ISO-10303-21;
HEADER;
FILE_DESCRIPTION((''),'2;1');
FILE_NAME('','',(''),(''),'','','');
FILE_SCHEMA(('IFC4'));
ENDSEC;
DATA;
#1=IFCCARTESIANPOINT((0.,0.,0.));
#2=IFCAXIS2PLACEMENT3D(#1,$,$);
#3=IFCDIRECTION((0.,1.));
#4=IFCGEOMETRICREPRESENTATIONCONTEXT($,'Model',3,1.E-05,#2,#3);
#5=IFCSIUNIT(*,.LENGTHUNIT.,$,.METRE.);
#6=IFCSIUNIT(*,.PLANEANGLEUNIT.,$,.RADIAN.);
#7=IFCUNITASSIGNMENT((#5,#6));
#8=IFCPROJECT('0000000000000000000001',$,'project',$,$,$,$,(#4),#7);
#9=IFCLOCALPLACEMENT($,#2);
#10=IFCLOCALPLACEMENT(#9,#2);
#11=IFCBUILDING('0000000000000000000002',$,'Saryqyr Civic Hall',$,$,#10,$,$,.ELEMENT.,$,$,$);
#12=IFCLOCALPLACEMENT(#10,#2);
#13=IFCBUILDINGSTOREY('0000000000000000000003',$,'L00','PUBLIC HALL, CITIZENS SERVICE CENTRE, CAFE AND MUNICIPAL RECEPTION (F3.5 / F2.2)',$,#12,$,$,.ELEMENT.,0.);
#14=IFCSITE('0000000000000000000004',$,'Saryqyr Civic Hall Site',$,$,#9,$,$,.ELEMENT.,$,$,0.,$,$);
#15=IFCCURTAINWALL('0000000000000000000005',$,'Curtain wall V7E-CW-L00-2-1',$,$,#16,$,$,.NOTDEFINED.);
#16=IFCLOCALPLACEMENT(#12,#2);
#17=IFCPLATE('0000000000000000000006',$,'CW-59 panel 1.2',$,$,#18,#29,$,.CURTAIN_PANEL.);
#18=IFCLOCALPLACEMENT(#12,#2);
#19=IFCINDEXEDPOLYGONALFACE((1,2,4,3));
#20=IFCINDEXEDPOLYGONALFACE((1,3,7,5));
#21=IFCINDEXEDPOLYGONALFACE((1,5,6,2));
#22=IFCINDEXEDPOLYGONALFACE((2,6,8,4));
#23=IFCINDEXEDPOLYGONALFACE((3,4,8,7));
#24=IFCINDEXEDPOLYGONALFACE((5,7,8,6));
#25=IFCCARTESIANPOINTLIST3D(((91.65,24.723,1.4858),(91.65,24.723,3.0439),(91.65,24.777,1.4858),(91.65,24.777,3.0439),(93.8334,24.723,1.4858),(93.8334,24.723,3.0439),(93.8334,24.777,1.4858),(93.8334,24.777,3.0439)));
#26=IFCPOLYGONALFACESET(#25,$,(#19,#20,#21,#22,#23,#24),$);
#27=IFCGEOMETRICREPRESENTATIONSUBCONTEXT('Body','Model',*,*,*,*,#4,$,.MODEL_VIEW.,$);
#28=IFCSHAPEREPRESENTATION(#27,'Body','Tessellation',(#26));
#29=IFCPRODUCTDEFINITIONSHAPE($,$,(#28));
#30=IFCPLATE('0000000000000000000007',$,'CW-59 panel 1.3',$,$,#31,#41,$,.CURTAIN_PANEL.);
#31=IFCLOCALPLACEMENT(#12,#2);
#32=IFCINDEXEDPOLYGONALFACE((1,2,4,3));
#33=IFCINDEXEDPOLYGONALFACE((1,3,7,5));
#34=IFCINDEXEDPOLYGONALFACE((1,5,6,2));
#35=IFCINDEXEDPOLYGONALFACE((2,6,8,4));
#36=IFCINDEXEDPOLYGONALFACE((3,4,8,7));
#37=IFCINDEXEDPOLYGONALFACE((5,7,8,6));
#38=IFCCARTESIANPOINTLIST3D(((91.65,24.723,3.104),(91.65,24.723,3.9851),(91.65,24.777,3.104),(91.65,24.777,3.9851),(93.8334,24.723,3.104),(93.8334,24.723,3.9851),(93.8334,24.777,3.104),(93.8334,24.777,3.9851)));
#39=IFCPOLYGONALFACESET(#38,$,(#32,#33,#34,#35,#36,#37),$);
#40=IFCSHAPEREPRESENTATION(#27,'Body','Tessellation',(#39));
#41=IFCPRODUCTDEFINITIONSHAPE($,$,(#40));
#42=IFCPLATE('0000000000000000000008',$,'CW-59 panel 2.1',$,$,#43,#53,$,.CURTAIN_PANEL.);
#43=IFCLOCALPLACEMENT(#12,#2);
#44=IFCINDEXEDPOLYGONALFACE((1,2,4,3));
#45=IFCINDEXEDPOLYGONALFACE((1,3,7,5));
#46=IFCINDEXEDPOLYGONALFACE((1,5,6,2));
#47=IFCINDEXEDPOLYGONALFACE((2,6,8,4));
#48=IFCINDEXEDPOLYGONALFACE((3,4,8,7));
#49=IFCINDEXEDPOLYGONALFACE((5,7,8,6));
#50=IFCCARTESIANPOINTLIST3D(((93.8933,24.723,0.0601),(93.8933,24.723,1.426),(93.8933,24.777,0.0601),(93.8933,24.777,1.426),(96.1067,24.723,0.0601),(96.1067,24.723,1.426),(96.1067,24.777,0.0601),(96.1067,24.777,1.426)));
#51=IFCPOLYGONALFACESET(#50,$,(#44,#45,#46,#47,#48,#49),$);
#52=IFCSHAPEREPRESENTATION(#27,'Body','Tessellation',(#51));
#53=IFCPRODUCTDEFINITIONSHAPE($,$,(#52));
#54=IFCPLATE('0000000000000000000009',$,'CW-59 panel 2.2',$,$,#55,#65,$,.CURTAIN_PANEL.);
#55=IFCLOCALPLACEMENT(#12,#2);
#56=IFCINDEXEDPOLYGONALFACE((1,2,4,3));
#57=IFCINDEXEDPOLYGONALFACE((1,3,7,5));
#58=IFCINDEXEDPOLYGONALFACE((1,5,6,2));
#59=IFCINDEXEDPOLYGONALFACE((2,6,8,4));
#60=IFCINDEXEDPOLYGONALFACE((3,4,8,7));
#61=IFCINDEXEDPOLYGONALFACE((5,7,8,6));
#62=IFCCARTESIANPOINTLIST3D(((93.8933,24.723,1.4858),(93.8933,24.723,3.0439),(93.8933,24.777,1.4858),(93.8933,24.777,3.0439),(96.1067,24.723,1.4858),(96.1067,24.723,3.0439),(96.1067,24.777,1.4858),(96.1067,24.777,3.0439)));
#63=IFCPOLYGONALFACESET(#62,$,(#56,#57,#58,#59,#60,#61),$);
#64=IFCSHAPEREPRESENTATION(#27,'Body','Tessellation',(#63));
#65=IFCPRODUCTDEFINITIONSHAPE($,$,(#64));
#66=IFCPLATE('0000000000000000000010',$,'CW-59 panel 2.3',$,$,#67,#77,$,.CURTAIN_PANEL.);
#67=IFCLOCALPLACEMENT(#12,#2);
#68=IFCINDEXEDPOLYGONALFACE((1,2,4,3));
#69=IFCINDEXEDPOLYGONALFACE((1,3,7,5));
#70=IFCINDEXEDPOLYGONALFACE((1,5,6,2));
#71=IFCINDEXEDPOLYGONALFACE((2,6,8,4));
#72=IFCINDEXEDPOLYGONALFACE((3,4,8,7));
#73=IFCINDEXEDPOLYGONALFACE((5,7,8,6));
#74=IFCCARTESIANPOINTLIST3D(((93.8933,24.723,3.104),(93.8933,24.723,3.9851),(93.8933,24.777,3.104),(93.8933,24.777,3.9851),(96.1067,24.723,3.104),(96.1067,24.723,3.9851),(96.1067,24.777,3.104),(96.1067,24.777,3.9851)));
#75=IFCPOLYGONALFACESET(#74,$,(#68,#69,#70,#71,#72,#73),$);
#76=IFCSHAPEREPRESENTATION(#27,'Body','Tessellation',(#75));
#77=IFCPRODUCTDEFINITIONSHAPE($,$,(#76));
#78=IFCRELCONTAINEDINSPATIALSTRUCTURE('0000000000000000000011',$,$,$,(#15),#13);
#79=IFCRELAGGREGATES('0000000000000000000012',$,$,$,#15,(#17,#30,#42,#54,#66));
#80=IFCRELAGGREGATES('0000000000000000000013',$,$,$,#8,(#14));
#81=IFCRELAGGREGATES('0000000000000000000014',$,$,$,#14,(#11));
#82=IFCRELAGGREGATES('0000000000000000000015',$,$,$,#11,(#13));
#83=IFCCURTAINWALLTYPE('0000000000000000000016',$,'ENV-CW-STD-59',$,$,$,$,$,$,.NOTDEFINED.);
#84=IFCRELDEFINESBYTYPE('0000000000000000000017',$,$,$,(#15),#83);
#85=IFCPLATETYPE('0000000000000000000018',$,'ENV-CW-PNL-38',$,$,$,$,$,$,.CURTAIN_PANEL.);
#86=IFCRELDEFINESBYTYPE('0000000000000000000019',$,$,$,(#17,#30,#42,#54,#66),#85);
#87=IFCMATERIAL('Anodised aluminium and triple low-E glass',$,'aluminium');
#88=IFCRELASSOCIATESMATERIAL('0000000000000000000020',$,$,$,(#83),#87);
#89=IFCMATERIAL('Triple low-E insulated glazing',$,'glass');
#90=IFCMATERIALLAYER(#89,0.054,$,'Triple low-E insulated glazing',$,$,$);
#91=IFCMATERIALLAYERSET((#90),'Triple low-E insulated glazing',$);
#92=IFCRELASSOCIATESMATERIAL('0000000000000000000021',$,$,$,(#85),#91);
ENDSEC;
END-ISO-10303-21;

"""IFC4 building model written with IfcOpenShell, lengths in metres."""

from ifc_helpers import new_model, si_unit, direction, frame, origin, origin_2d, place, context, subcontext, project, spatial, rectangle, extrude, material, layer, layer_set, type_object, element, aggregate, save


model = new_model("IFC4")

# Units and contexts
model_context = context("Model", 3, precision=1e-05, world=origin(), true_north=direction((0.0, 1.0)))
body_context = subcontext(model_context, "Body", "Model", "MODEL_VIEW")
ifc_project = project(units=[si_unit("LENGTHUNIT", "METRE"), si_unit("PLANEANGLEUNIT", "RADIAN")], contexts=[model_context])

# Site, building, storey
site_placement = place(None, origin())
site = spatial("IfcSite", under=ifc_project, at=site_placement, Name="Saryqyr Civic Hall Site", CompositionType="ELEMENT", RefElevation=0.0)
building_placement = place(site_placement, origin())
building = spatial("IfcBuilding", under=site, at=building_placement, Name="Saryqyr Civic Hall", CompositionType="ELEMENT")
storey_placement = place(building_placement, origin())
storey = spatial("IfcBuildingStorey", under=building, at=storey_placement, Name="L00", Description="PUBLIC HALL, CITIZENS SERVICE CENTRE, CAFE AND MUNICIPAL RECEPTION (F3.5 / F2.2)", CompositionType="ELEMENT", Elevation=0.0)

# Curtain wall
ifc_material_1 = material(Name="Anodised aluminium and triple low-E glass", Category="aluminium")
curtain_wall_type = type_object("IfcCurtainWallType", Name="ENV-CW-STD-59", PredefinedType="NOTDEFINED", material=ifc_material_1)
curtain_wall_placement = place(storey_placement, origin())
curtain_wall = element("IfcCurtainWall", 1, at=curtain_wall_placement, inside=storey, type_object=curtain_wall_type, Name="Curtain wall V7E-CW-L00-2-1", PredefinedType="NOTDEFINED")

# Plates
ifc_material_2 = material(Name="Triple low-E insulated glazing", Category="glass")
ifc_layer = layer(ifc_material_2, 0.054, Name="Triple low-E insulated glazing")
ifc_layer_set = layer_set([ifc_layer], Name="Triple low-E insulated glazing")
plate_type = type_object("IfcPlateType", Name="ENV-CW-PNL-38", PredefinedType="CURTAIN_PANEL", material=ifc_layer_set)
plate_1_placement = place(storey_placement, frame((92.7417, 24.75, 1.4858), z_axis=(0.0, 0.0, 1.0), x_axis=(1.0, 0.0, 0.0)))
plate_1 = element("IfcPlate", 2, at=plate_1_placement, type_object=plate_type, Name="CW-59 panel 1.2", PredefinedType="CURTAIN_PANEL", context=body_context, shape_type="SweptSolid", body=[
    extrude(rectangle(XDim=2.1833, YDim=0.054, at=origin_2d()), origin(), (0.0, 0.0, 1.0), 1.5581),
])
plate_2_placement = place(storey_placement, frame((92.7417, 24.75, 3.104), z_axis=(0.0, 0.0, 1.0), x_axis=(1.0, 0.0, 0.0)))
plate_2 = element("IfcPlate", 3, at=plate_2_placement, type_object=plate_type, Name="CW-59 panel 1.3", PredefinedType="CURTAIN_PANEL", context=body_context, shape_type="SweptSolid", body=[
    extrude(rectangle(XDim=2.1833, YDim=0.054, at=origin_2d()), origin(), (0.0, 0.0, 1.0), 0.8811),
])
plate_3_placement = place(storey_placement, frame((95.0, 24.75, 0.0601), z_axis=(0.0, 0.0, 1.0), x_axis=(1.0, 0.0, 0.0)))
plate_3 = element("IfcPlate", 4, at=plate_3_placement, type_object=plate_type, Name="CW-59 panel 2.1", PredefinedType="CURTAIN_PANEL", context=body_context, shape_type="SweptSolid", body=[
    extrude(rectangle(XDim=2.2134, YDim=0.054, at=origin_2d()), origin(), (0.0, 0.0, 1.0), 1.366),
])
plate_4_placement = place(storey_placement, frame((95.0, 24.75, 1.4858), z_axis=(0.0, 0.0, 1.0), x_axis=(1.0, 0.0, 0.0)))
plate_4 = element("IfcPlate", 5, at=plate_4_placement, type_object=plate_type, Name="CW-59 panel 2.2", PredefinedType="CURTAIN_PANEL", context=body_context, shape_type="SweptSolid", body=[
    extrude(rectangle(XDim=2.2134, YDim=0.054, at=origin_2d()), origin(), (0.0, 0.0, 1.0), 1.5581),
])
plate_5_placement = place(storey_placement, frame((95.0, 24.75, 3.104), z_axis=(0.0, 0.0, 1.0), x_axis=(1.0, 0.0, 0.0)))
plate_5 = element("IfcPlate", 6, at=plate_5_placement, type_object=plate_type, Name="CW-59 panel 2.3", PredefinedType="CURTAIN_PANEL", context=body_context, shape_type="SweptSolid", body=[
    extrude(rectangle(XDim=2.2134, YDim=0.054, at=origin_2d()), origin(), (0.0, 0.0, 1.0), 0.8811),
])
aggregate(curtain_wall, [plate_1, plate_2, plate_3, plate_4, plate_5])

save(model, "model.ifc")
